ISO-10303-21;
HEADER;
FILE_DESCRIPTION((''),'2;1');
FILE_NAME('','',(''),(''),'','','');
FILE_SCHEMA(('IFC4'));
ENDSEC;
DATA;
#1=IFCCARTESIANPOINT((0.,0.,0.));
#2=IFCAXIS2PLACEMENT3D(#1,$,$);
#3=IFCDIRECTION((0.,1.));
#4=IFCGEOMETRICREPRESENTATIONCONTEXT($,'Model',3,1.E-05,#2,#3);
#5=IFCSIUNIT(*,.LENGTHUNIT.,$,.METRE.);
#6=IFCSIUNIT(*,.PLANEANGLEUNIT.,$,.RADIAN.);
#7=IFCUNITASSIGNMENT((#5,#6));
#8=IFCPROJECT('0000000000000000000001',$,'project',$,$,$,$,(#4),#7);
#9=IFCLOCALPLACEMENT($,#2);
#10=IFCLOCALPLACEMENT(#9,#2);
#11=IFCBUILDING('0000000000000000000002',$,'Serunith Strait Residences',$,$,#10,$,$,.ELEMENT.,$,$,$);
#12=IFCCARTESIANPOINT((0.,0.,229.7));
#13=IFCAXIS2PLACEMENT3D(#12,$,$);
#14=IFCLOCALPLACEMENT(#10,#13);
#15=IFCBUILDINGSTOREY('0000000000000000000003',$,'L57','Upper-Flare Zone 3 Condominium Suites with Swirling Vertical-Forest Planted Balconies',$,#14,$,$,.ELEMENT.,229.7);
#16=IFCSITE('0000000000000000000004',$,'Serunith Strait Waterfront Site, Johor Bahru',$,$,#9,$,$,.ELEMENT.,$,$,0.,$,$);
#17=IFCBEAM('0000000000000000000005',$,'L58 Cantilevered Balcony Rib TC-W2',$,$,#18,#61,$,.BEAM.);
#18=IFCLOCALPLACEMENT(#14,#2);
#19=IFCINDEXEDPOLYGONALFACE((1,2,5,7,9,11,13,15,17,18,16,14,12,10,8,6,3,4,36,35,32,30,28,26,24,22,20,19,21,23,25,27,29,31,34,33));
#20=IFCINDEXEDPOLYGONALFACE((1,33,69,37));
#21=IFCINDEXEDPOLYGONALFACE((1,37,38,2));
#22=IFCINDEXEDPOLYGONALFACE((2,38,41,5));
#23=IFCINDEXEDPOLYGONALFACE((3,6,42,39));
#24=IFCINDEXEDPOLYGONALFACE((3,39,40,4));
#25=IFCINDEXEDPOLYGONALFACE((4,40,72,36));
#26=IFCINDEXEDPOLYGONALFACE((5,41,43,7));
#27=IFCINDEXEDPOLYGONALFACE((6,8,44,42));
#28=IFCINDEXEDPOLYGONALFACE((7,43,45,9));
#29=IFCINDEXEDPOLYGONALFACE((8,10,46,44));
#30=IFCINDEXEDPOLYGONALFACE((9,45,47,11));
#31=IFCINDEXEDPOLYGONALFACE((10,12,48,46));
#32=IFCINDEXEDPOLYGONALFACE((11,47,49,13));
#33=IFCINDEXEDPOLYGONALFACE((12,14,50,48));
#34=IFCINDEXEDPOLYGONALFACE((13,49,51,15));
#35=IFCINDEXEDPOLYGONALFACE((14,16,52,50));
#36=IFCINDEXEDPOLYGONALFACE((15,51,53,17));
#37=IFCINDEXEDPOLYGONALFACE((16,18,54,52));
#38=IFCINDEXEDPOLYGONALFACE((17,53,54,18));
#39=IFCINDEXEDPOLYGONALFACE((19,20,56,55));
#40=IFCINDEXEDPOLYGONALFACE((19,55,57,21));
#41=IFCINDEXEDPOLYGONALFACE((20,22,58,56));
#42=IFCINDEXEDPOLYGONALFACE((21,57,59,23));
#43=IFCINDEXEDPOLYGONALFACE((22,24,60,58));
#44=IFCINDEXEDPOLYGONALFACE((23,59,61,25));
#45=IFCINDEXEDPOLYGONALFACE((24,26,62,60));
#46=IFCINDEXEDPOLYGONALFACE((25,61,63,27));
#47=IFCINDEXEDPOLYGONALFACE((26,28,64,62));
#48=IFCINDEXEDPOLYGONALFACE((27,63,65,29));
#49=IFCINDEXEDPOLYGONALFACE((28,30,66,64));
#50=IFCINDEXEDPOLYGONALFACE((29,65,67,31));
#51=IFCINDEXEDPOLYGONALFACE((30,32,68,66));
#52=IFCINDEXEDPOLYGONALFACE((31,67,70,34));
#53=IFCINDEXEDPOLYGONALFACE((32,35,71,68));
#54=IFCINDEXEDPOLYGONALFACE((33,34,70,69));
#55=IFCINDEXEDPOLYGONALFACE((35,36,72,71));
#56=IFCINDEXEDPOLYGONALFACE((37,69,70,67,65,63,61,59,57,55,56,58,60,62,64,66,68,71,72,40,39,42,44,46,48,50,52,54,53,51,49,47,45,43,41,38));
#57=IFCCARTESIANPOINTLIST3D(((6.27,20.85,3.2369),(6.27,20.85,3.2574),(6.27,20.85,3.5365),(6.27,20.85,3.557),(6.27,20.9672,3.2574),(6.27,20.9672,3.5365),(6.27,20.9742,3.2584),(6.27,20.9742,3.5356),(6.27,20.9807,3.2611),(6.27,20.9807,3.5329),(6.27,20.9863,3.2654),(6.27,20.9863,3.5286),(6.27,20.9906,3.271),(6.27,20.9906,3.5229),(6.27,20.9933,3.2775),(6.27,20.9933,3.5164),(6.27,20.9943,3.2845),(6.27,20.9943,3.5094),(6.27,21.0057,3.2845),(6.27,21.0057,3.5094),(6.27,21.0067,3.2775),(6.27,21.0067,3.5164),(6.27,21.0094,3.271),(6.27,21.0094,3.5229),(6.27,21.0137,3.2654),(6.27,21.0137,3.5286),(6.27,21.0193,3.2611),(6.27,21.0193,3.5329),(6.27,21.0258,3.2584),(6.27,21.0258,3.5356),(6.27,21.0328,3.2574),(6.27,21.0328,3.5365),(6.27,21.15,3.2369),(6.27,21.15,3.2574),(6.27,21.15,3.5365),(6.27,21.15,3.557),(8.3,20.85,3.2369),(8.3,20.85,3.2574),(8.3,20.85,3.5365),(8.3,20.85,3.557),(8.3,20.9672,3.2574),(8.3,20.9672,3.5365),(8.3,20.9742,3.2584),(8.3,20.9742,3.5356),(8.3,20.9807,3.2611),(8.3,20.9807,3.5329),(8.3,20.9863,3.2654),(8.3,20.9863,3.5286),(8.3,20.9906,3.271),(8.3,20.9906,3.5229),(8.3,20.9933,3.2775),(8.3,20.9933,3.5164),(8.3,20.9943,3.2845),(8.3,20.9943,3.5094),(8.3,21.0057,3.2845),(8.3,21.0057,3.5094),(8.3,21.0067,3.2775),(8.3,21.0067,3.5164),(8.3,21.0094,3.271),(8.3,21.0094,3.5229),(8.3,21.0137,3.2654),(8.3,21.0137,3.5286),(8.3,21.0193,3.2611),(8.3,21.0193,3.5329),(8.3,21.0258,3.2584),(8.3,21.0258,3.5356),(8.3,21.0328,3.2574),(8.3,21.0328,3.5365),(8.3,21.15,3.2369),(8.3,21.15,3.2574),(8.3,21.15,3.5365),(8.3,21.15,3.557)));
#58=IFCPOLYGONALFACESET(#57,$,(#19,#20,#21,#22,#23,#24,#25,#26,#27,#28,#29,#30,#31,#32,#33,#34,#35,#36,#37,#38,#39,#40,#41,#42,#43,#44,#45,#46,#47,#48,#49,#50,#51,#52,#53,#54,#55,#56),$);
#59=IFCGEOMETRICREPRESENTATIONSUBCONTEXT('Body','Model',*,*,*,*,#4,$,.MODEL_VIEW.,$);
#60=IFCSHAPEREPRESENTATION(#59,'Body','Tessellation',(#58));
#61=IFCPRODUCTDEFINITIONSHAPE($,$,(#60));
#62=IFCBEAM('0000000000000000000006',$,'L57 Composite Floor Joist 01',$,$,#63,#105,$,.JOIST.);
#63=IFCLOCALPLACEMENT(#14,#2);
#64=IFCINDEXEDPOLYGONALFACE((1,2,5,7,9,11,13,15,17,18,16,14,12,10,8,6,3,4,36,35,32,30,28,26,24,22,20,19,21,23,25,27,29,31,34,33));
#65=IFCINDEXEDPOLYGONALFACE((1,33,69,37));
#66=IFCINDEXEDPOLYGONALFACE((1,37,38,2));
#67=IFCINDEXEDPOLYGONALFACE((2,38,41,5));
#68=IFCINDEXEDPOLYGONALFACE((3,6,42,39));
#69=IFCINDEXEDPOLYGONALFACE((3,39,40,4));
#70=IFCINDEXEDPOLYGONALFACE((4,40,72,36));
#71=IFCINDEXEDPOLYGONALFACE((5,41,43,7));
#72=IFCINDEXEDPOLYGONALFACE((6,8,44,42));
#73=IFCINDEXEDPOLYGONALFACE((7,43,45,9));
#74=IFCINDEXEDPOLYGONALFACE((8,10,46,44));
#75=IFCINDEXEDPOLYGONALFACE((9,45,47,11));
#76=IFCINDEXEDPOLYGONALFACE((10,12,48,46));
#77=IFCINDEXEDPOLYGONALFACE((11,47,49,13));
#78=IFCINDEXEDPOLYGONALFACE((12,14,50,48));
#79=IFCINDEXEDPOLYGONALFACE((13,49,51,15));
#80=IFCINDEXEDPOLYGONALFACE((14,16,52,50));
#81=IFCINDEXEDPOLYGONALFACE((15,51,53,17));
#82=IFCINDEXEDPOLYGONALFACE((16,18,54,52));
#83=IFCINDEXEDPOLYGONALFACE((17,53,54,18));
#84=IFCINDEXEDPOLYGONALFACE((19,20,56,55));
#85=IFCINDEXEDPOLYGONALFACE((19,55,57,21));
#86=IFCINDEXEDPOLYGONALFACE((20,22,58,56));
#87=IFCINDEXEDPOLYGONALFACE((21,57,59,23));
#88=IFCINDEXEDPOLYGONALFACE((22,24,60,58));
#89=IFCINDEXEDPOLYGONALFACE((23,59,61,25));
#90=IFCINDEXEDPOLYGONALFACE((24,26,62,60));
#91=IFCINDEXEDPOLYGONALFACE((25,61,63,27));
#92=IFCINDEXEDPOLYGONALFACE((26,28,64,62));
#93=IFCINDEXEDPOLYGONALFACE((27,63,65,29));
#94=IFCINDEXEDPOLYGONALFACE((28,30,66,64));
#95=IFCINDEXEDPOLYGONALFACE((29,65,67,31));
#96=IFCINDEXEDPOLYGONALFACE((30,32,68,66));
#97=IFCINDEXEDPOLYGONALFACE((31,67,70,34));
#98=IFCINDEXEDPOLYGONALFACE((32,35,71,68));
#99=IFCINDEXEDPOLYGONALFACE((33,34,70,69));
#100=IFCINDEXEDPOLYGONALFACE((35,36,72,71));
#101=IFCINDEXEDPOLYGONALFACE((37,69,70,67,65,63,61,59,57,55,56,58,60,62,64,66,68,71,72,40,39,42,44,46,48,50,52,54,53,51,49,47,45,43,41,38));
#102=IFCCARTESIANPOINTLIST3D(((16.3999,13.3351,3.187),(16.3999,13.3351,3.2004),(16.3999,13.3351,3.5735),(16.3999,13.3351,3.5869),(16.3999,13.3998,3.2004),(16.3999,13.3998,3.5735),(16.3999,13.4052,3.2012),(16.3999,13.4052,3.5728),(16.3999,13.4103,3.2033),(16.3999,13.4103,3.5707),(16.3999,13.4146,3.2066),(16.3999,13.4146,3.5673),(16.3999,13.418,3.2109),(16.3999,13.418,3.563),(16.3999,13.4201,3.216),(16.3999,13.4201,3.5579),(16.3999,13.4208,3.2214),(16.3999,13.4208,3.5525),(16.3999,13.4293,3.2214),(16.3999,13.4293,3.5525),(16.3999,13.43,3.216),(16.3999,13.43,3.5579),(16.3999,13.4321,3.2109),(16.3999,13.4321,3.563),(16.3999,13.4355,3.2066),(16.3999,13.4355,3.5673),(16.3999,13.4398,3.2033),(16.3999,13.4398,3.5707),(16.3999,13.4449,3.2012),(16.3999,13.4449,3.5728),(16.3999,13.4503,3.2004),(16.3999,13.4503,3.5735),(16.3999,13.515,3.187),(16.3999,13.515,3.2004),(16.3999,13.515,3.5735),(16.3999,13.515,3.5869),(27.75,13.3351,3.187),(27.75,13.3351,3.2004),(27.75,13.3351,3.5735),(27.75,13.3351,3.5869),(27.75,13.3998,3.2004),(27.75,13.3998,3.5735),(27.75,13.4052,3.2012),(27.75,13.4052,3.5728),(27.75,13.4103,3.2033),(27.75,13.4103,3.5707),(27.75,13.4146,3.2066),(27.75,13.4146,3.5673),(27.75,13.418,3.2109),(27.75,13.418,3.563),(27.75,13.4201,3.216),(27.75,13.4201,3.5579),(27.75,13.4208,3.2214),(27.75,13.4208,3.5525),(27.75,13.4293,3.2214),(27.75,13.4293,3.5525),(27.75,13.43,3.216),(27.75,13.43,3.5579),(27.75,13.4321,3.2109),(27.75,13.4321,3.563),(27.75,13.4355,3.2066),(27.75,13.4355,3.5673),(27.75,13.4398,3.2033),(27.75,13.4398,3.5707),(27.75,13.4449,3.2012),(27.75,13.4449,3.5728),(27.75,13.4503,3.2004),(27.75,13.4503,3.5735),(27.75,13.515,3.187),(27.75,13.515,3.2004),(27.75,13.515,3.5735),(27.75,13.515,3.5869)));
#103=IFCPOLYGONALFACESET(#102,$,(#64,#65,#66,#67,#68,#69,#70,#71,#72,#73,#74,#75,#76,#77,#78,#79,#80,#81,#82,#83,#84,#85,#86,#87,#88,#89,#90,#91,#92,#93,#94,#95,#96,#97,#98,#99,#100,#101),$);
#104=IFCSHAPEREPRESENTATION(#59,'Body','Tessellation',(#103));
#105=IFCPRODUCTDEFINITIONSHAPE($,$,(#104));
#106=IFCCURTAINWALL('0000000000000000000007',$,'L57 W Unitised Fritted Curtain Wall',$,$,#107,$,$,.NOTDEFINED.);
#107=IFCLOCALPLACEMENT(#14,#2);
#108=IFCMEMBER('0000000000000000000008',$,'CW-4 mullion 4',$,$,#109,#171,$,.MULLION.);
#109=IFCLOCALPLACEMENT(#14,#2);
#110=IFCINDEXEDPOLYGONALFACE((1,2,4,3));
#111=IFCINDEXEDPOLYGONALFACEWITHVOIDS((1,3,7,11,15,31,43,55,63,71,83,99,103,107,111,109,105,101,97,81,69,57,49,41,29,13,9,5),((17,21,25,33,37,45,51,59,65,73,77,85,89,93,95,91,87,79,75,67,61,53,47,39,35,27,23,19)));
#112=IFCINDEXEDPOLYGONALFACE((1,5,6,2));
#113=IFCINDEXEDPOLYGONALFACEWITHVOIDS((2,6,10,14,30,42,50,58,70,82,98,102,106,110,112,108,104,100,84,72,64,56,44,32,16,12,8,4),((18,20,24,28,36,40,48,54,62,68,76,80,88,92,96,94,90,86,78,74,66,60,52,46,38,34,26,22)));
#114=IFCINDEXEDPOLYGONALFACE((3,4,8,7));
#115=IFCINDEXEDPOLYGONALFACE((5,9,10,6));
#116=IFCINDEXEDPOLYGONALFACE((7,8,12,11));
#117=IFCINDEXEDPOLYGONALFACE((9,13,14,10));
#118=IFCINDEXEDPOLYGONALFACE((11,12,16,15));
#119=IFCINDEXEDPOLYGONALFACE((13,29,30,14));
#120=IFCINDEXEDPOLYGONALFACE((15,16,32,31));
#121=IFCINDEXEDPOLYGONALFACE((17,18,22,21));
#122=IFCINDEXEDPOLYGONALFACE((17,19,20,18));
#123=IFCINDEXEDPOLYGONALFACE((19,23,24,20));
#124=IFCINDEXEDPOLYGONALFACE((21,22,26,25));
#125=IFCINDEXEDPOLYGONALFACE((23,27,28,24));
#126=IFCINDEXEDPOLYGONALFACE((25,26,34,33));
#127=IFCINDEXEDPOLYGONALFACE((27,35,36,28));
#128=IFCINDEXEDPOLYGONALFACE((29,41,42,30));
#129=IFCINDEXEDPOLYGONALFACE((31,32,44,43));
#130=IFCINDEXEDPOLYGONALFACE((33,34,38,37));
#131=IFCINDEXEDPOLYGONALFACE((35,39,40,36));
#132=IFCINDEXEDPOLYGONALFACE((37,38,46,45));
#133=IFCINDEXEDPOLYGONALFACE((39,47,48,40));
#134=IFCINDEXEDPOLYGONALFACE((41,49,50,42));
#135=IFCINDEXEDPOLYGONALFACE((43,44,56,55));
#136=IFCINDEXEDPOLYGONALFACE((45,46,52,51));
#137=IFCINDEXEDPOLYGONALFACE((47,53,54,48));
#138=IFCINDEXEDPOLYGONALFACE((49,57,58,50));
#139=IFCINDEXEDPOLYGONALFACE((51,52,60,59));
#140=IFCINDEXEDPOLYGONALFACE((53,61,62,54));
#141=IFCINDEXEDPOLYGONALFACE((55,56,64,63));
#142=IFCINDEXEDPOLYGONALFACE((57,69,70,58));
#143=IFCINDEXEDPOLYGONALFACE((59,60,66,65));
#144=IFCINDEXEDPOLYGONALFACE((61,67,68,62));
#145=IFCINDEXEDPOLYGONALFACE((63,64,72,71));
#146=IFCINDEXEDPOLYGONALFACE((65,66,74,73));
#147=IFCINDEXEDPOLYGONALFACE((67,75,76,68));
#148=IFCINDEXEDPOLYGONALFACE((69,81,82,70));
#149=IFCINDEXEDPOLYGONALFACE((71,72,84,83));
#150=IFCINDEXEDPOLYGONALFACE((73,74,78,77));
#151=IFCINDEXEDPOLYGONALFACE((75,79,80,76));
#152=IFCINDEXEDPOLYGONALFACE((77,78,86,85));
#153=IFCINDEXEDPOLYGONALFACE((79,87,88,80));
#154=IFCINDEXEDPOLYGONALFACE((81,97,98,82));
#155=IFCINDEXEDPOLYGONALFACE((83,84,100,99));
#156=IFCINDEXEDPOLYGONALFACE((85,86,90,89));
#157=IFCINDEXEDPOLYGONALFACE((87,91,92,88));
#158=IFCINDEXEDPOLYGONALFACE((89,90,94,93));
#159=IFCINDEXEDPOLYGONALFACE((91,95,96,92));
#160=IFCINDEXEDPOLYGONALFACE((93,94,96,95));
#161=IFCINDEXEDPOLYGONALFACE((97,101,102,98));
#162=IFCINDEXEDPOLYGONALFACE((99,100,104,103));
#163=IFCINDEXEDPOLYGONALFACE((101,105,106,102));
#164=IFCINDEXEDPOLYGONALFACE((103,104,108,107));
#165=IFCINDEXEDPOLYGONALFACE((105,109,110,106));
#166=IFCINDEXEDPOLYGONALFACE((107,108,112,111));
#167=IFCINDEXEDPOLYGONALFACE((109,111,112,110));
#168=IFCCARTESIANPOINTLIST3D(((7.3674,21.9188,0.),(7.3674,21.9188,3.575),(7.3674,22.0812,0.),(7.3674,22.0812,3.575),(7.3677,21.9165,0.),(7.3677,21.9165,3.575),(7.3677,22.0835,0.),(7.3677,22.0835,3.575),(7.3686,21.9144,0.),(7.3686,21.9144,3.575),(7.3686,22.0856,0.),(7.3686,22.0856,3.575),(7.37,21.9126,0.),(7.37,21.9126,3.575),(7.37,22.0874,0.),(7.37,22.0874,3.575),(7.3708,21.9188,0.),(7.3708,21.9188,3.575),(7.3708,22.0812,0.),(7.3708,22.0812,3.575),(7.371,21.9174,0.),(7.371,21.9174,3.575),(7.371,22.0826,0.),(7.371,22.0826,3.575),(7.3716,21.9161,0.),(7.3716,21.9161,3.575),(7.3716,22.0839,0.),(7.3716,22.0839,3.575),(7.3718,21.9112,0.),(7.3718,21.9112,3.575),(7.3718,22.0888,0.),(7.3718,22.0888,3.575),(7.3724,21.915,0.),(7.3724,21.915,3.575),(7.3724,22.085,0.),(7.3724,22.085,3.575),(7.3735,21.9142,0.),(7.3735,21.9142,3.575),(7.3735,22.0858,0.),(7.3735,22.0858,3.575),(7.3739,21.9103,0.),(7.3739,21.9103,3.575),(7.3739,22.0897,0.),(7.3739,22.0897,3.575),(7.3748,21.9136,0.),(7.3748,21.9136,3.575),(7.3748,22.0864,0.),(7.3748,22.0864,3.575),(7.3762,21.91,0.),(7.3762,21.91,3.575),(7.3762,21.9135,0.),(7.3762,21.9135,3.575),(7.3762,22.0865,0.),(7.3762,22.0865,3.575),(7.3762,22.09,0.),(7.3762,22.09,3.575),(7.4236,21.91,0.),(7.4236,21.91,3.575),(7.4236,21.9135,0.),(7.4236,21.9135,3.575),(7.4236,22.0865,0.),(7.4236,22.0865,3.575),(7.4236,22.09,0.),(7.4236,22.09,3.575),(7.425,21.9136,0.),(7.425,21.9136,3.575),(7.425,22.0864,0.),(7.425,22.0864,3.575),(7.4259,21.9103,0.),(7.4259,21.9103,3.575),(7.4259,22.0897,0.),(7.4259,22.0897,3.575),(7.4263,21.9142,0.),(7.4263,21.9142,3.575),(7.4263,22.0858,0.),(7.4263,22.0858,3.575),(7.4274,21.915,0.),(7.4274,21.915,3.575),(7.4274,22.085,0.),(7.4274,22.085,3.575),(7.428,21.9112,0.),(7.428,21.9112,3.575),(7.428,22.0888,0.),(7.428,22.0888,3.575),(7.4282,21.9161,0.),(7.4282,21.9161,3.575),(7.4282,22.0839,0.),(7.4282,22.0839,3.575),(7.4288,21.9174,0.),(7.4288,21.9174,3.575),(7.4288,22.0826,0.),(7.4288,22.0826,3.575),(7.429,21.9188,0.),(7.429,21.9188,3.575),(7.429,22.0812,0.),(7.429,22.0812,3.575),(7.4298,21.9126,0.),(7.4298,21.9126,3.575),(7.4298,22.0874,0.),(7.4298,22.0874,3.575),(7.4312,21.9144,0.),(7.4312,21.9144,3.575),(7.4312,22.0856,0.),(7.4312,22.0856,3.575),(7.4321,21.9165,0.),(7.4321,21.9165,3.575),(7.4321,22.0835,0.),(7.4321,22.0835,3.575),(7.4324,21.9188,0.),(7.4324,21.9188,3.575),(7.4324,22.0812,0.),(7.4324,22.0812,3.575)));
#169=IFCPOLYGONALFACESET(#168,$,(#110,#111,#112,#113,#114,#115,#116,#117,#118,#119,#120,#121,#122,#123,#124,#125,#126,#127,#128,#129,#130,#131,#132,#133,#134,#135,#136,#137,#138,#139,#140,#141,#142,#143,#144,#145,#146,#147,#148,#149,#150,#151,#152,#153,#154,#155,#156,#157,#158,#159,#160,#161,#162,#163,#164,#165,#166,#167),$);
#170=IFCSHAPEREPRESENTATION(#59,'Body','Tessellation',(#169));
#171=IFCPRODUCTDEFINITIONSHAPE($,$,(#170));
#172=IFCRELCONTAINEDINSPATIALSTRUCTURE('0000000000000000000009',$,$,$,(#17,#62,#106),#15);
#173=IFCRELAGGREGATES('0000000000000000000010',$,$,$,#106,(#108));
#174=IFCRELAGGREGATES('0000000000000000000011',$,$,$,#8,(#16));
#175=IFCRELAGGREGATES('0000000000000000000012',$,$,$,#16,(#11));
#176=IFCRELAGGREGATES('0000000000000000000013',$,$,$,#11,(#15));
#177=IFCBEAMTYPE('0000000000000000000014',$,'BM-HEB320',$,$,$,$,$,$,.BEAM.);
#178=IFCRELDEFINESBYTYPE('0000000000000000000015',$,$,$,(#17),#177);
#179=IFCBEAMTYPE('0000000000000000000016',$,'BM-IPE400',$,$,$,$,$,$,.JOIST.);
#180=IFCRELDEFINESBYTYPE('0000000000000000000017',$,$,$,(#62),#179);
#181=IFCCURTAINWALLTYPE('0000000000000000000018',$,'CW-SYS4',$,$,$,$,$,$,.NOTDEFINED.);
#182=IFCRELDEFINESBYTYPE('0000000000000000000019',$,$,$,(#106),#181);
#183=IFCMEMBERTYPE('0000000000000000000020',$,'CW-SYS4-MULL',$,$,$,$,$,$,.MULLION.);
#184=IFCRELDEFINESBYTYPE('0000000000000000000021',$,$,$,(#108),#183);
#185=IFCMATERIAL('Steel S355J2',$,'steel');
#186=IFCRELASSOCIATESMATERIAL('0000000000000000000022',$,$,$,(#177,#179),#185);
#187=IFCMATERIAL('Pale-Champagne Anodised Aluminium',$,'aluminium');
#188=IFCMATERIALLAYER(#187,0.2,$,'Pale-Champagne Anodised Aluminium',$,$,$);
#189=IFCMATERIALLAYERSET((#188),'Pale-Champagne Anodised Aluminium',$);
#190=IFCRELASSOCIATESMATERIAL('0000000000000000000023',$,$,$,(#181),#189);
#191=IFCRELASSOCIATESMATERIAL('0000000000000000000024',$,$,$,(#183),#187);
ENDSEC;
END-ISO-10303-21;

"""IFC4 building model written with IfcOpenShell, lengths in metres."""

from ifc_helpers import new_model, si_unit, direction, frame, origin, origin_2d, place, context, subcontext, project, spatial, hollow_rectangle, i_section, extrude, source, transform, mapped, material, layer, layer_set, material_profile, profile_set, type_object, element, aggregate, save


model = new_model("IFC4")

# Units and contexts
model_context = context("Model", 3, precision=1e-05, world=origin(), true_north=direction((0.0, 1.0)))
body_context = subcontext(model_context, "Body", "Model", "MODEL_VIEW")
ifc_project = project(units=[si_unit("LENGTHUNIT", "METRE"), si_unit("PLANEANGLEUNIT", "RADIAN")], contexts=[model_context])

# Site, building, storey
site_placement = place(None, origin())
site = spatial("IfcSite", under=ifc_project, at=site_placement, Name="Serunith Strait Waterfront Site, Johor Bahru", CompositionType="ELEMENT", RefElevation=0.0)
building_placement = place(site_placement, origin())
building = spatial("IfcBuilding", under=site, at=building_placement, Name="Serunith Strait Residences", CompositionType="ELEMENT")
storey_placement = place(building_placement, frame((0.0, 0.0, 229.7)))
storey = spatial("IfcBuildingStorey", under=building, at=storey_placement, Name="L57", Description="Upper-Flare Zone 3 Condominium Suites with Swirling Vertical-Forest Planted Balconies", CompositionType="ELEMENT", Elevation=229.7)

# Beams
ifc_material_1 = material(Name="Steel S355J2", Category="steel")
ifc_material_profile_1 = material_profile(ifc_material_1, i_section(OverallWidth=0.3, OverallDepth=0.3201, WebThickness=0.0115, FlangeThickness=0.0205, FilletRadius=0.0271, at=origin_2d()), Name="HEB 320")
ifc_profile_set_1 = profile_set([ifc_material_profile_1], Name="Steel S355J2")
beam_type_1 = type_object("IfcBeamType", Name="BM-HEB320", PredefinedType="BEAM", material=ifc_profile_set_1)
shared_shape_1 = source(origin(), body_context, "Body", "SweptSolid", [
    extrude(i_section(OverallWidth=0.3, OverallDepth=0.3201, WebThickness=0.0115, FlangeThickness=0.0205, FilletRadius=0.0271, at=origin_2d()), origin(), (0.0, 0.0, 1.0), 2.03),
])
for number, where, z_axis, x_axis, name in (
    (1, (8.3, 21.0, 3.397), (-1.0, 0.0, 0.0), (0.0, -1.0, 0.0), "L58 Cantilevered Balcony Rib TC-W2"),
):
    element("IfcBeam", number, at=place(storey_placement, frame(where, z_axis=z_axis, x_axis=x_axis)), inside=storey, type_object=beam_type_1, Name=name, PredefinedType="BEAM", context=body_context, shape_type="MappedRepresentation", body=[
        mapped(shared_shape_1, transform((0.0, 0.0, 0.0), scale=1.0)),
    ])
ifc_material_profile_2 = material_profile(ifc_material_1, i_section(OverallWidth=0.1799, OverallDepth=0.3999, WebThickness=0.0085, FlangeThickness=0.0134, FilletRadius=0.021, at=origin_2d()), Name="IPE 400")
ifc_profile_set_2 = profile_set([ifc_material_profile_2], Name="Steel S355J2")
beam_type_2 = type_object("IfcBeamType", Name="BM-IPE400", PredefinedType="JOIST", material=ifc_profile_set_2)
shared_shape_2 = source(origin(), body_context, "Body", "SweptSolid", [
    extrude(i_section(OverallWidth=0.1799, OverallDepth=0.3999, WebThickness=0.0085, FlangeThickness=0.0134, FilletRadius=0.021, at=origin_2d()), origin(), (0.0, 0.0, 1.0), 11.3501),
])
beam_1_placement = place(storey_placement, frame((16.3999, 13.425, 3.387), z_axis=(1.0, 0.0, 0.0), x_axis=(0.0, 1.0, 0.0)))
element("IfcBeam", 2, at=beam_1_placement, inside=storey, type_object=beam_type_2, Name="L57 Composite Floor Joist 01", PredefinedType="JOIST", context=body_context, shape_type="MappedRepresentation", body=[
    mapped(shared_shape_2, transform((0.0, 0.0, 0.0), scale=1.0)),
])

# Curtain wall, member
ifc_material_2 = material(Name="Pale-Champagne Anodised Aluminium", Category="aluminium")
ifc_layer_1 = layer(ifc_material_2, 0.2, Name="Pale-Champagne Anodised Aluminium")
ifc_layer_set_1 = layer_set([ifc_layer_1], Name="Pale-Champagne Anodised Aluminium")
curtain_wall_type = type_object("IfcCurtainWallType", Name="CW-SYS4", PredefinedType="NOTDEFINED", material=ifc_layer_set_1)
curtain_wall_placement = place(storey_placement, origin())
curtain_wall = element("IfcCurtainWall", 3, at=curtain_wall_placement, inside=storey, type_object=curtain_wall_type, Name="L57 W Unitised Fritted Curtain Wall", PredefinedType="NOTDEFINED")
ifc_material_profile_3 = material_profile(ifc_material_2, hollow_rectangle(XDim=0.0649, YDim=0.1799, WallThickness=0.0034, InnerFilletRadius=0.0054, OuterFilletRadius=0.0088, at=origin_2d()), Name="ALU 180x65x3.5")
ifc_profile_set_3 = profile_set([ifc_material_profile_3], Name="Pale-Champagne Anodised Aluminium")
member_type_1 = type_object("IfcMemberType", Name="CW-SYS4-MULL", PredefinedType="MULLION", material=ifc_profile_set_3)
shared_shape_3 = source(origin(), body_context, "Body", "SweptSolid", [
    extrude(hollow_rectangle(XDim=0.0649, YDim=0.1799, WallThickness=0.0034, InnerFilletRadius=0.0054, OuterFilletRadius=0.0088, at=origin_2d()), origin(), (0.0, 0.0, 1.0), 3.575),
])
member_1_placement = place(storey_placement, frame((7.3999, 22.0, 0.0), z_axis=(0.0, 0.0, 1.0), x_axis=(1.0, 0.0, 0.0)))
member_1 = element("IfcMember", 4, at=member_1_placement, type_object=member_type_1, Name="CW-4 mullion 4", PredefinedType="MULLION", context=body_context, shape_type="MappedRepresentation", body=[
    mapped(shared_shape_3, transform((0.0, 0.0, 0.0), scale=1.0)),
])
aggregate(curtain_wall, [member_1])

save(model, "model.ifc")
